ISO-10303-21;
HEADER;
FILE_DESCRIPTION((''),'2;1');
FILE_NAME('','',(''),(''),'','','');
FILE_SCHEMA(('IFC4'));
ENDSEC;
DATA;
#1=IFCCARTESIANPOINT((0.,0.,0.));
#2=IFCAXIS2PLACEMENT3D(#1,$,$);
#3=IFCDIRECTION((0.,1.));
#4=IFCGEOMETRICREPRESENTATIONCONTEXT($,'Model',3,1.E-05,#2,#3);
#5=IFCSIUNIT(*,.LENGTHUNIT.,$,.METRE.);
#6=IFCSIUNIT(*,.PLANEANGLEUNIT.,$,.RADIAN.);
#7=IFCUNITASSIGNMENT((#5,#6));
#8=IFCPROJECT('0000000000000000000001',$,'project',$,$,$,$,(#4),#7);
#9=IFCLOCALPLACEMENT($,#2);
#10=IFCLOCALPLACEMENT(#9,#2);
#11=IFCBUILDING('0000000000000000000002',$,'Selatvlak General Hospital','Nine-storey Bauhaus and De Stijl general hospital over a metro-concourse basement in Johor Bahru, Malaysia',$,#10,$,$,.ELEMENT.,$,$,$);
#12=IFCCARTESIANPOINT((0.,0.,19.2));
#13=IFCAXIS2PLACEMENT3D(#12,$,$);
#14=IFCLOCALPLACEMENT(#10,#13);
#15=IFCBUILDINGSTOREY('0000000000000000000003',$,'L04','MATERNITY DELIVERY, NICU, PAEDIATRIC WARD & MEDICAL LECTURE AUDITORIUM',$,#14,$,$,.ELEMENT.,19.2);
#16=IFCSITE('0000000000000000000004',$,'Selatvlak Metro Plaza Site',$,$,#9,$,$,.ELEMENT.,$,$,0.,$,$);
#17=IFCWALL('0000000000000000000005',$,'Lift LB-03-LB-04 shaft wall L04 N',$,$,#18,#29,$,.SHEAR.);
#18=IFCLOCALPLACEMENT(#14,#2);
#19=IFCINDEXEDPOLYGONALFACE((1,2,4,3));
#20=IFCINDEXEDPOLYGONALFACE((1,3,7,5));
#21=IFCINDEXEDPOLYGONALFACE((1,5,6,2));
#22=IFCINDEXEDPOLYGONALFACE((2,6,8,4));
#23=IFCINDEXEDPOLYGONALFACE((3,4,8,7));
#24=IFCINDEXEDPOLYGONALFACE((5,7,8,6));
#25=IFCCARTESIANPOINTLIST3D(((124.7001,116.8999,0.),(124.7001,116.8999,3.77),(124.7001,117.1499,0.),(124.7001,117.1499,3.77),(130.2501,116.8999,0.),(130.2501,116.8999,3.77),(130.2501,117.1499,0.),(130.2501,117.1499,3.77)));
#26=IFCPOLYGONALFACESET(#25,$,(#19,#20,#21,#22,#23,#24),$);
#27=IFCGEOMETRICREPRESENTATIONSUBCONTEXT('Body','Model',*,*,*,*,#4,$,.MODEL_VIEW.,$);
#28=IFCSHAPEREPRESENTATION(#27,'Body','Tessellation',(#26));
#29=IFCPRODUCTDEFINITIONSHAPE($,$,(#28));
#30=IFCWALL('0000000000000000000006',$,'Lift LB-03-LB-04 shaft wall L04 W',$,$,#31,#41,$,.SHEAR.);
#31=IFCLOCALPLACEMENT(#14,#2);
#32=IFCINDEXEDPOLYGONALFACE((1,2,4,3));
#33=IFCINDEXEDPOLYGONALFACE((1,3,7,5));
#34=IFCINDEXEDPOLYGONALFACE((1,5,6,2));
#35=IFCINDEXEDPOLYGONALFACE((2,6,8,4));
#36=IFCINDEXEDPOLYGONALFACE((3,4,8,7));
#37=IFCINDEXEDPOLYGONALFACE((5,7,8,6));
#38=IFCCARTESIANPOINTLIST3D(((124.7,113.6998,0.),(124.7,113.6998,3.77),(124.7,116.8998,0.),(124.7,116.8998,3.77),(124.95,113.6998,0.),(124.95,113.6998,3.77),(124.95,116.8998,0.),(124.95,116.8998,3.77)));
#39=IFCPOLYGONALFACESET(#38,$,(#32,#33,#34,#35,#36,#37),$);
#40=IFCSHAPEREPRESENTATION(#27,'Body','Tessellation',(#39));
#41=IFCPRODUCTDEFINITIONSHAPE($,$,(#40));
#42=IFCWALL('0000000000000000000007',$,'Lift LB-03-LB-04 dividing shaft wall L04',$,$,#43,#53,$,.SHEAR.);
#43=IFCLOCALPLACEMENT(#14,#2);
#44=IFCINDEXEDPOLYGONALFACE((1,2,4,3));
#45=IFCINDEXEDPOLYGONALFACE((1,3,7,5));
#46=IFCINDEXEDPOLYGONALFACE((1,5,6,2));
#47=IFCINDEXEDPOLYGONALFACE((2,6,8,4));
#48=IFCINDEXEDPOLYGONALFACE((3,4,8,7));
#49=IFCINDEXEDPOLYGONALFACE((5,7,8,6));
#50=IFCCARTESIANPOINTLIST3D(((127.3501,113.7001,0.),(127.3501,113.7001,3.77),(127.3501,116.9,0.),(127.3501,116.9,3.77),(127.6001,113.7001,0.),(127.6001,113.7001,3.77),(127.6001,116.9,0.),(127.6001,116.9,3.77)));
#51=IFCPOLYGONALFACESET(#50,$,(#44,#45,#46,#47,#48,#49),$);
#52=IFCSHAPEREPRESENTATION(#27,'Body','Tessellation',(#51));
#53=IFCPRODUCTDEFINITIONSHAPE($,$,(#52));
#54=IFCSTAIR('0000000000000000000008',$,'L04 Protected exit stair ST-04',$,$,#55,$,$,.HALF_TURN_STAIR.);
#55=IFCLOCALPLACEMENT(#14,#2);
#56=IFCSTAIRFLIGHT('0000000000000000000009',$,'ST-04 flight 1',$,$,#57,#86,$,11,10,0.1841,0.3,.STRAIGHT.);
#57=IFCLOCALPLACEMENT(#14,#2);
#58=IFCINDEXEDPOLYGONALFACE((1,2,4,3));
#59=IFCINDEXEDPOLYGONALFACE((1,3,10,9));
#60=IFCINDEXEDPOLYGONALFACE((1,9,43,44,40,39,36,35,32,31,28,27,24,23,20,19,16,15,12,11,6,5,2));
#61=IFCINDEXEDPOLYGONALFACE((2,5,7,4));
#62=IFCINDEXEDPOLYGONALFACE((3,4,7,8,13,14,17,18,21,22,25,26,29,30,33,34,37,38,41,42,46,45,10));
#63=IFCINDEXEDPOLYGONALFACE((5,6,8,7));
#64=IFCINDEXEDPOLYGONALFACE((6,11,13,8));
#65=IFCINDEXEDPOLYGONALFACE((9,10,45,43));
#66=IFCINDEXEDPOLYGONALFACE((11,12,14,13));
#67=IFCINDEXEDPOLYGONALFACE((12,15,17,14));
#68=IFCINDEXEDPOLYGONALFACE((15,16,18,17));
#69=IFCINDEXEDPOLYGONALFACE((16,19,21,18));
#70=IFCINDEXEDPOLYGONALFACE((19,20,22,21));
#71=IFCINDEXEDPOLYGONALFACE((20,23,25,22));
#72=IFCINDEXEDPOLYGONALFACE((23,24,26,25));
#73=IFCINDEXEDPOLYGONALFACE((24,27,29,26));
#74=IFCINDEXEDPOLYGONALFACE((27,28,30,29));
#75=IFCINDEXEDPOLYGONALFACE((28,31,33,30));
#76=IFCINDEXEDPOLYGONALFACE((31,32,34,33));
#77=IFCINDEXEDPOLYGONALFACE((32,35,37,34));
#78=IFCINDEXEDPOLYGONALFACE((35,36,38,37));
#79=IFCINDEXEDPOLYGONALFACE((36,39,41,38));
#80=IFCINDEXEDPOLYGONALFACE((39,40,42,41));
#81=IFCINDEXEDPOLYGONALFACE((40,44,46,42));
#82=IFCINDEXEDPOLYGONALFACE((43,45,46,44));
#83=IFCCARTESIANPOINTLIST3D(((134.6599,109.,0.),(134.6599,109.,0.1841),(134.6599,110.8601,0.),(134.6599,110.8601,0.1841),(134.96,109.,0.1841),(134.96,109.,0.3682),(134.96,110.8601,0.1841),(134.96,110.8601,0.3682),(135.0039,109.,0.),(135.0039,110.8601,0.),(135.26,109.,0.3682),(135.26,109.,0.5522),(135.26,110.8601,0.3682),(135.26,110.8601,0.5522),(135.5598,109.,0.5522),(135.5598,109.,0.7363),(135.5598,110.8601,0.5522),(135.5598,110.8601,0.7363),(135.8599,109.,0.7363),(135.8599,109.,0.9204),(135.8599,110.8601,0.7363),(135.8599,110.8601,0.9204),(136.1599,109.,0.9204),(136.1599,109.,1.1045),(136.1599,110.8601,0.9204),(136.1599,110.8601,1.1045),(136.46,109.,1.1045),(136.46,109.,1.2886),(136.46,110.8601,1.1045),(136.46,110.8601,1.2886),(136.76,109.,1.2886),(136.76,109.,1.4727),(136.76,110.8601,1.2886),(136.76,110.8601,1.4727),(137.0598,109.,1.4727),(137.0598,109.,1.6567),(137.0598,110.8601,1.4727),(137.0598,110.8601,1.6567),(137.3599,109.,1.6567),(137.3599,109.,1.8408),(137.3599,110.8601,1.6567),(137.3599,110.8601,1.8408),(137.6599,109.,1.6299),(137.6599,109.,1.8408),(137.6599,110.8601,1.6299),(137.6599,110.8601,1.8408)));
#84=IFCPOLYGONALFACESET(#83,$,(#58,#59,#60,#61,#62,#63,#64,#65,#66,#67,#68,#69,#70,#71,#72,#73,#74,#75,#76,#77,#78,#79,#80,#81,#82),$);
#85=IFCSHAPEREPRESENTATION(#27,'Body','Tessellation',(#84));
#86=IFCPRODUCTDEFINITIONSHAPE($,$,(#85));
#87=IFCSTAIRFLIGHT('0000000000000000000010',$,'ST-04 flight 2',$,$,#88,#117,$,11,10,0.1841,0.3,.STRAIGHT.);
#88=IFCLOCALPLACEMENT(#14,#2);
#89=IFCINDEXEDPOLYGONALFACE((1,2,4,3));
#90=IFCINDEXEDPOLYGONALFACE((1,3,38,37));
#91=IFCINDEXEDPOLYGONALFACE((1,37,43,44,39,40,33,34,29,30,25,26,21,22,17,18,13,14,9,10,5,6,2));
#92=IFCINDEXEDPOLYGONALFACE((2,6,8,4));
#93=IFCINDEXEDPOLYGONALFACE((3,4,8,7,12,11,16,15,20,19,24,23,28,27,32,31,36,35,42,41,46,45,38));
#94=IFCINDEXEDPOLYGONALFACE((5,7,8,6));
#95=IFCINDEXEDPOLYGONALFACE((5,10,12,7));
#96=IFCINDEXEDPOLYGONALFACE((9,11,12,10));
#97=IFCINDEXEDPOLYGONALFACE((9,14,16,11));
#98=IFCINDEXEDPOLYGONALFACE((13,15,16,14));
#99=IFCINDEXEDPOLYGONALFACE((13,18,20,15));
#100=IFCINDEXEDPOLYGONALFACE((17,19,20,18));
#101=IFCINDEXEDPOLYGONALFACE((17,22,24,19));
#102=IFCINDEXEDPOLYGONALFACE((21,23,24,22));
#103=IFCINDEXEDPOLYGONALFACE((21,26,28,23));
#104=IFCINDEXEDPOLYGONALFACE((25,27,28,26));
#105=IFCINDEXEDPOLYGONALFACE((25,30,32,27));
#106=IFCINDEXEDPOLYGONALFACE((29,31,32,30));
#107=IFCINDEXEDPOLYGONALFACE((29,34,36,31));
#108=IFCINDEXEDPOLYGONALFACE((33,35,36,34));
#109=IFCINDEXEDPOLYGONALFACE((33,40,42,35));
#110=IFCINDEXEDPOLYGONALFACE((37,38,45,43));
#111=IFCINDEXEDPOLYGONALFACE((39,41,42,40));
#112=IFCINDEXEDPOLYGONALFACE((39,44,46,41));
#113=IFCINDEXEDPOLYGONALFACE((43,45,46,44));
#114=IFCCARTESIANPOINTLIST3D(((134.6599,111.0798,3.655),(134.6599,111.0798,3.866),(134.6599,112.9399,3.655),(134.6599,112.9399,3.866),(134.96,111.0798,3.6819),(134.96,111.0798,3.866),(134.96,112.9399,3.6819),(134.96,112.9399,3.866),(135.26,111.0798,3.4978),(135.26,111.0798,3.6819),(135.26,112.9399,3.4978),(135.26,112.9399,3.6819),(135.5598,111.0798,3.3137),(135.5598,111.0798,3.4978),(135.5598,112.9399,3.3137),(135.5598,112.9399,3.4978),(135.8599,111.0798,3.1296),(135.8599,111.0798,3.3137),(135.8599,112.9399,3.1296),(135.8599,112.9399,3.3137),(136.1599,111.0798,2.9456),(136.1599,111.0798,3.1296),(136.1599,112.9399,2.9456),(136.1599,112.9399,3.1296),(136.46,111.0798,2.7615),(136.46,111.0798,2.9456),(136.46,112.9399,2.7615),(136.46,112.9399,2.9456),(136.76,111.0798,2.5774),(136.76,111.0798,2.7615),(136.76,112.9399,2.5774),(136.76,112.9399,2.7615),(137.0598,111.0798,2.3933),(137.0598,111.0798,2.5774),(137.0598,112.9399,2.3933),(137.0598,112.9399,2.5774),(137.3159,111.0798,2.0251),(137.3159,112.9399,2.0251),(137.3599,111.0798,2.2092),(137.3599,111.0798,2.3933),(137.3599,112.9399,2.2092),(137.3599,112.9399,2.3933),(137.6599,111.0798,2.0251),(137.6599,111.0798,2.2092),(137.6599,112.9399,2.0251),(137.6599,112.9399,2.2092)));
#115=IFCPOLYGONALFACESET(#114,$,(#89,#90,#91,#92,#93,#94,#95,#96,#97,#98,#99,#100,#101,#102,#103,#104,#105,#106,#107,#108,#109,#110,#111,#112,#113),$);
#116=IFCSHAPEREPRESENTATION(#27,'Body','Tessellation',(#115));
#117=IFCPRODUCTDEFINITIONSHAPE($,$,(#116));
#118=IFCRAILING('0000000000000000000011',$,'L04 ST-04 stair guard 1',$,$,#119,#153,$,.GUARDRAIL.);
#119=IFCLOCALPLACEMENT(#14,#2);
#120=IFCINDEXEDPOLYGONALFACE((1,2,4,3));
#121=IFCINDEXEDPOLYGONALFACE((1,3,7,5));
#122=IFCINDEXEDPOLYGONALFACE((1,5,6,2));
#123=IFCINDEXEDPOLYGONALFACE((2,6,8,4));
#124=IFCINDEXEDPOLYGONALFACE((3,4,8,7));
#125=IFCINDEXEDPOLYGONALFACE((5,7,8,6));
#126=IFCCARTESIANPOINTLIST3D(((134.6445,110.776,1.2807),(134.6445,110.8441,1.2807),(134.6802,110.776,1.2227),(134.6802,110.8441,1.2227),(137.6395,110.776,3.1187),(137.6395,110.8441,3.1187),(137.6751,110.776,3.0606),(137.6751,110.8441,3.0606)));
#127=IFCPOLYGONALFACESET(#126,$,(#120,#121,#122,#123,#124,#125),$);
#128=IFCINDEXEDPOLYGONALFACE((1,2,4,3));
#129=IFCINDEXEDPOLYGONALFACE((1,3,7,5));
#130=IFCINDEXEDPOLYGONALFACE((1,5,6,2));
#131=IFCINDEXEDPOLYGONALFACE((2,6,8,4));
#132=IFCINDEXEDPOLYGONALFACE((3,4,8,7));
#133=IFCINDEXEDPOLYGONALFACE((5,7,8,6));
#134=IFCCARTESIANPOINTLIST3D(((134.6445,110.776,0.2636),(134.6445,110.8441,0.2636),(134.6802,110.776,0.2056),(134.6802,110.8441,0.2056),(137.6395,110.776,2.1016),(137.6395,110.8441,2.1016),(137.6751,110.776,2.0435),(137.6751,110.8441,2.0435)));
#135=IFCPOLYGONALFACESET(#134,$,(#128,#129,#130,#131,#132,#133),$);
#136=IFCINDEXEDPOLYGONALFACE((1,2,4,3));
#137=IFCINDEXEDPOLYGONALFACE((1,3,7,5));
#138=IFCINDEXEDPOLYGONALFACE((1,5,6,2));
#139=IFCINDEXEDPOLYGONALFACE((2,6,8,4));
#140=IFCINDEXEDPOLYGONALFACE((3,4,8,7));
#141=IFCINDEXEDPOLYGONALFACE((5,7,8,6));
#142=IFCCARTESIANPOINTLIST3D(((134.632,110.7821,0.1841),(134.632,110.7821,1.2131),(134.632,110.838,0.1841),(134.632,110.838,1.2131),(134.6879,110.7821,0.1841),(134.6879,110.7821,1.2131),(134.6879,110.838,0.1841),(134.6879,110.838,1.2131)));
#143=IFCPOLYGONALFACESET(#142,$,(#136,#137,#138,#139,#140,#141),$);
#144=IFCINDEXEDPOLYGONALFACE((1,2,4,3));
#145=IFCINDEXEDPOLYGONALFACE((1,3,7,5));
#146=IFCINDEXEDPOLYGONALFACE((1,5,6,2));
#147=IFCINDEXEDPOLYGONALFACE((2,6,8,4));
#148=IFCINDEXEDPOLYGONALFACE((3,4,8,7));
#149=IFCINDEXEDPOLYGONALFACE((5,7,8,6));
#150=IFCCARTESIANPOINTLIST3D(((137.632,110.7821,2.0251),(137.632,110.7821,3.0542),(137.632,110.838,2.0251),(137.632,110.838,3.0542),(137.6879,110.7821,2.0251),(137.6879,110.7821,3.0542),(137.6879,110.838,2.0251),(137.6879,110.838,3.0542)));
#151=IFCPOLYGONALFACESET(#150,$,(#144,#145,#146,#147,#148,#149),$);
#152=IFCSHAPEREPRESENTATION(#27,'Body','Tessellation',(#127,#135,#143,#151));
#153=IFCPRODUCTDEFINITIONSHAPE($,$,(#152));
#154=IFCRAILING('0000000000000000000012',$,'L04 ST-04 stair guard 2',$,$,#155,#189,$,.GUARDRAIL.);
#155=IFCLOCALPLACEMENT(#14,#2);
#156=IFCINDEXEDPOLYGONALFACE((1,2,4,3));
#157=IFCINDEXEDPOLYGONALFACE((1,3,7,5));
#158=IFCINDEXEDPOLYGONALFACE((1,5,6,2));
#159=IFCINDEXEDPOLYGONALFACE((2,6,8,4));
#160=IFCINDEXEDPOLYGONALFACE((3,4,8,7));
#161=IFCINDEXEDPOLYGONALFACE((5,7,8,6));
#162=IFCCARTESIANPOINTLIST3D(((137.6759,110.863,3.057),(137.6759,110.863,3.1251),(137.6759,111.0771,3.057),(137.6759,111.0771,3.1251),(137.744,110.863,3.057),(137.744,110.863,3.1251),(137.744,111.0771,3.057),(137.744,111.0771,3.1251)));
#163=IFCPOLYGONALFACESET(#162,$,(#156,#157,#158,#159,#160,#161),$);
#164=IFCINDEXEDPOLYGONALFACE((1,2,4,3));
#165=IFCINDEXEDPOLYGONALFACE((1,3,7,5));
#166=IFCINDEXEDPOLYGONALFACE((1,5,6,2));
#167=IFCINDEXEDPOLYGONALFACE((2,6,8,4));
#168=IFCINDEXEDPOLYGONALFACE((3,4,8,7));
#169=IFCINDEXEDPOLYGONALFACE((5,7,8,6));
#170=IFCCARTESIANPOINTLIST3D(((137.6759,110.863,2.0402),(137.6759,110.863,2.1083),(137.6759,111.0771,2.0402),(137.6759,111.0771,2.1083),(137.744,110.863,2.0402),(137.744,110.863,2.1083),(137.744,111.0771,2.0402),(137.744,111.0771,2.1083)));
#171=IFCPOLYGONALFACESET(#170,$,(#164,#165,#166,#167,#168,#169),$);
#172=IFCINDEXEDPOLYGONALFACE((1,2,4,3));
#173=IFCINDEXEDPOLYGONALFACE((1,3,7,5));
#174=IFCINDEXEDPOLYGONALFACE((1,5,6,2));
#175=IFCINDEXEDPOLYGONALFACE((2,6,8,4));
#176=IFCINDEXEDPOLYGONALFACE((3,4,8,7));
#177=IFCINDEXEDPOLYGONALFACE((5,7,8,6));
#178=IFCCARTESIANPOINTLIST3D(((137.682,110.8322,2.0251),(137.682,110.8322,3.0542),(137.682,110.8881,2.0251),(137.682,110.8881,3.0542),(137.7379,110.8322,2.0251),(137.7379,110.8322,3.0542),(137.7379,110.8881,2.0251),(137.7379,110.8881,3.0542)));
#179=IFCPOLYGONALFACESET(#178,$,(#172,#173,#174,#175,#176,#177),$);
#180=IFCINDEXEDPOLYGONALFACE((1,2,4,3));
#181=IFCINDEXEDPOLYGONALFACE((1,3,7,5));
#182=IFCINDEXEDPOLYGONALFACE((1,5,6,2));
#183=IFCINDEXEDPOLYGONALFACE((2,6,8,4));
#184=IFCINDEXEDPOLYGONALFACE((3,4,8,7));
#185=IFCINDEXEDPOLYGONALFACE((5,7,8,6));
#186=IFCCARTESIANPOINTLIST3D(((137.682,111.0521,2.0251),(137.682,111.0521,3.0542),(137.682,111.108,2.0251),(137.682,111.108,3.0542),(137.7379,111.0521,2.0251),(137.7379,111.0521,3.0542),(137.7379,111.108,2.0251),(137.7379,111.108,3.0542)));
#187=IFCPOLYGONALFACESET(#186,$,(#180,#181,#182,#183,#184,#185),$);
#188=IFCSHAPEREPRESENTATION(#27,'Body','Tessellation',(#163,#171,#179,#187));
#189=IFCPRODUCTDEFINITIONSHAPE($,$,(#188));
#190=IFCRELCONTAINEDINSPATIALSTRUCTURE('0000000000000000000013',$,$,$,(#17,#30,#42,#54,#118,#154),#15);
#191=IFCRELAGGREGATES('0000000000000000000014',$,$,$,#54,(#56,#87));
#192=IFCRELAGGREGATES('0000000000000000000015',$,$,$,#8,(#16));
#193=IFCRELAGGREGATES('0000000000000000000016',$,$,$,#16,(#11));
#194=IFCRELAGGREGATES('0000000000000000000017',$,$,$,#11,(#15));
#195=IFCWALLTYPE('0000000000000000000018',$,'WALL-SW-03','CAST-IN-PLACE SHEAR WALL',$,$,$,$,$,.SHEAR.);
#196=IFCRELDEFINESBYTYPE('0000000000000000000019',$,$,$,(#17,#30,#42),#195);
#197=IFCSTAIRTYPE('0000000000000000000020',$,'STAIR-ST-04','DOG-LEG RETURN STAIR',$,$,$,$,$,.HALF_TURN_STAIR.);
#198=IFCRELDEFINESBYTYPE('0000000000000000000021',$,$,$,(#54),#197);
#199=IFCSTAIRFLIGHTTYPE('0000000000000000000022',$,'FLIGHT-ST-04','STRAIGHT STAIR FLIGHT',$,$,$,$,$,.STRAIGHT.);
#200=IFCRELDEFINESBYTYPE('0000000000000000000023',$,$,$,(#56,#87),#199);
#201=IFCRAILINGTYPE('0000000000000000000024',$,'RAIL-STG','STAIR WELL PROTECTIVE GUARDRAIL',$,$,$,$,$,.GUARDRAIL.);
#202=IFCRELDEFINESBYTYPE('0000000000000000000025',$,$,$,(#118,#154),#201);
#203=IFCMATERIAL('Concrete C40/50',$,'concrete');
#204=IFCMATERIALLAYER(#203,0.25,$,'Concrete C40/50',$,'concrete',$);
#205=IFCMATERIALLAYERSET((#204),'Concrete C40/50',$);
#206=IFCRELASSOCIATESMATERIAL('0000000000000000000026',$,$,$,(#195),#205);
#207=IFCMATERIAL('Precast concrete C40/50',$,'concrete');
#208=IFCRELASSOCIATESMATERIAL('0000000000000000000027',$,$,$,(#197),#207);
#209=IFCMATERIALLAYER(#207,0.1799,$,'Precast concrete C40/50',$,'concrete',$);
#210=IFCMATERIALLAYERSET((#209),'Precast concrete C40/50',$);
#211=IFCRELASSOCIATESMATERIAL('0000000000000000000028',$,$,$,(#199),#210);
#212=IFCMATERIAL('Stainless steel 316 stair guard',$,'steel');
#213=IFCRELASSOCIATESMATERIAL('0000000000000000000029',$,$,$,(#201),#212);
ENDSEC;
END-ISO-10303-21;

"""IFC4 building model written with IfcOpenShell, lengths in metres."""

from ifc_helpers import new_model, si_unit, direction, frame, frame_2d, origin, origin_2d, place, context, subcontext, project, spatial, polyline, rectangle, outline, extrude, material, layer, layer_set, type_object, element, aggregate, save


model = new_model("IFC4")

# Units and contexts
model_context = context("Model", 3, precision=1e-05, world=origin(), true_north=direction((0.0, 1.0)))
body_context = subcontext(model_context, "Body", "Model", "MODEL_VIEW")
ifc_project = project(units=[si_unit("LENGTHUNIT", "METRE"), si_unit("PLANEANGLEUNIT", "RADIAN")], contexts=[model_context])

# Site, building, storey
site_placement = place(None, origin())
site = spatial("IfcSite", under=ifc_project, at=site_placement, Name="Selatvlak Metro Plaza Site", CompositionType="ELEMENT", RefElevation=0.0)
building_placement = place(site_placement, origin())
building = spatial("IfcBuilding", under=site, at=building_placement, Name="Selatvlak General Hospital", Description="Nine-storey Bauhaus and De Stijl general hospital over a metro-concourse basement in Johor Bahru, Malaysia", CompositionType="ELEMENT")
storey_placement = place(building_placement, frame((0.0, 0.0, 19.2)))
storey = spatial("IfcBuildingStorey", under=building, at=storey_placement, Name="L04", Description="MATERNITY DELIVERY, NICU, PAEDIATRIC WARD & MEDICAL LECTURE AUDITORIUM", CompositionType="ELEMENT", Elevation=19.2)

# Shared definitions
ifc_material_1 = material(Name="Concrete C40/50", Category="concrete")

# Shared definitions
ifc_layer_1 = layer(ifc_material_1, 0.25, Name="Concrete C40/50", Category="concrete")
ifc_layer_set_1 = layer_set([ifc_layer_1], Name="Concrete C40/50")
wall_type_1 = type_object("IfcWallType", Name="WALL-SW-03", Description="CAST-IN-PLACE SHEAR WALL", PredefinedType="SHEAR", material=ifc_layer_set_1)

# Walls
wall_1_placement = place(storey_placement, frame((130.25, 117.0249, 0.0), z_axis=(0.0, 0.0, 1.0), x_axis=(-1.0, 0.0, 0.0)))
element("IfcWall", 1, at=wall_1_placement, inside=storey, type_object=wall_type_1, Name="Lift LB-03-LB-04 shaft wall L04 N", PredefinedType="SHEAR", context=body_context, shape_type="SweptSolid", body=[
    extrude(rectangle(XDim=5.55, YDim=0.25, at=frame_2d((2.7749, 0.0))), origin(), (0.0, 0.0, 1.0), 3.77),
])
for number, where, z_axis, x_axis, name in (
    (2, (124.825, 116.8999, 0.0), (0.0, 0.0, 1.0), (0.0, -1.0, 0.0), "Lift LB-03-LB-04 shaft wall L04 W"),
    (3, (127.4751, 113.7, 0.0), (0.0, 0.0, 1.0), (0.0, 1.0, 0.0), "Lift LB-03-LB-04 dividing shaft wall L04"),
):
    element("IfcWall", number, at=place(storey_placement, frame(where, z_axis=z_axis, x_axis=x_axis)), inside=storey, type_object=wall_type_1, Name=name, PredefinedType="SHEAR", context=body_context, shape_type="SweptSolid", body=[
        extrude(rectangle(XDim=3.2, YDim=0.25, at=frame_2d((1.6001, 0.0))), origin(), (0.0, 0.0, 1.0), 3.77),
    ])

# Stair, stair flights
ifc_material_2 = material(Name="Precast concrete C40/50", Category="concrete")
stair_type = type_object("IfcStairType", Name="STAIR-ST-04", Description="DOG-LEG RETURN STAIR", PredefinedType="HALF_TURN_STAIR", material=ifc_material_2)
stair_placement = place(storey_placement, origin())
stair = element("IfcStair", 4, at=stair_placement, inside=storey, type_object=stair_type, Name="L04 Protected exit stair ST-04", PredefinedType="HALF_TURN_STAIR")
ifc_layer_2 = layer(ifc_material_2, 0.1799, Name="Precast concrete C40/50", Category="concrete")
ifc_layer_set_2 = layer_set([ifc_layer_2], Name="Precast concrete C40/50")
stair_flight_type = type_object("IfcStairFlightType", Name="FLIGHT-ST-04", Description="STRAIGHT STAIR FLIGHT", PredefinedType="STRAIGHT", material=ifc_layer_set_2)
stair_flight_1_placement = place(storey_placement, frame((134.6599, 109.9299, 0.0), z_axis=(0.0, 0.0, 1.0), x_axis=(1.0, 0.0, 0.0)))
stair_flight_1 = element("IfcStairFlight", 5, at=stair_flight_1_placement, type_object=stair_flight_type, Name="ST-04 flight 1", NumberOfRisers=11, NumberOfTreads=10, PredefinedType="STRAIGHT", RiserHeight=0.1841, TreadLength=0.3, context=body_context, shape_type="SweptSolid", body=[
    extrude(outline(polyline([(0.0, 0.0), (0.0, 0.1841), (0.3, 0.1841), (0.3, 0.3682), (0.6001, 0.3682), (0.6001, 0.5522), (0.8999, 0.5522), (0.8999, 0.7363), (1.2, 0.7363), (1.2, 0.9204), (1.5, 0.9204), (1.5, 1.1045), (1.8, 1.1045), (1.8, 1.2886), (2.1001, 1.2886), (2.1001, 1.4727), (2.3999, 1.4727), (2.3999, 1.6567), (2.7, 1.6567), (2.7, 1.8408), (3.0, 1.8408), (3.0, 2.0249), (3.0, 1.6299), (0.344, 0.0), (0.0, 0.0)])), frame((0.0, 0.9302, 0.0), z_axis=(0.0, -1.0, 0.0), x_axis=(1.0, 0.0, 0.0)), (0.0, 0.0, 1.0), 1.8601),
])
stair_flight_2_placement = place(storey_placement, frame((137.6599, 112.01, 2.0251), z_axis=(0.0, 0.0, 1.0), x_axis=(-1.0, 0.0, 0.0)))
stair_flight_2 = element("IfcStairFlight", 6, at=stair_flight_2_placement, type_object=stair_flight_type, Name="ST-04 flight 2", NumberOfRisers=11, NumberOfTreads=10, PredefinedType="STRAIGHT", RiserHeight=0.1841, TreadLength=0.3, context=body_context, shape_type="SweptSolid", body=[
    extrude(outline(polyline([(0.0, 0.0), (0.0, 0.1841), (0.3, 0.1841), (0.3, 0.3682), (0.6001, 0.3682), (0.6001, 0.5522), (0.8999, 0.5522), (0.8999, 0.7363), (1.2, 0.7363), (1.2, 0.9204), (1.5, 0.9204), (1.5, 1.1045), (1.8, 1.1045), (1.8, 1.2886), (2.1001, 1.2886), (2.1001, 1.4727), (2.3999, 1.4727), (2.3999, 1.6567), (2.7, 1.6567), (2.7, 1.8408), (3.0, 1.8408), (3.0, 2.0249), (3.0, 1.6299), (0.344, 0.0), (0.0, 0.0)])), frame((0.0, 0.9302, 0.0), z_axis=(0.0, -1.0, 0.0), x_axis=(1.0, 0.0, 0.0)), (0.0, 0.0, 1.0), 1.8601),
])
aggregate(stair, [stair_flight_1, stair_flight_2])

# Railings
ifc_material_3 = material(Name="Stainless steel 316 stair guard", Category="steel")
railing_type_1 = type_object("IfcRailingType", Name="RAIL-STG", Description="STAIR WELL PROTECTIVE GUARDRAIL", PredefinedType="GUARDRAIL", material=ifc_material_3)
railing_1_placement = place(storey_placement, frame((134.6599, 110.8101, 0.1841)))
element("IfcRailing", 7, at=railing_1_placement, inside=storey, type_object=railing_type_1, Name="L04 ST-04 stair guard 1", PredefinedType="GUARDRAIL", context=body_context, shape_type="SweptSolid", body=[
    extrude(rectangle(XDim=0.0681, YDim=0.0681, at=origin_2d()), frame((0.0024, 0.0, 1.0676), z_axis=(0.852303, 0.0, 0.523048), x_axis=(0.0, 1.0, 0.0)), (0.0, 0.0, 1.0), 3.5139),
    extrude(rectangle(XDim=0.0681, YDim=0.0681, at=origin_2d()), frame((0.0024, 0.0, 0.0505), z_axis=(0.852303, 0.0, 0.523048), x_axis=(0.0, 1.0, 0.0)), (0.0, 0.0, 1.0), 3.5139),
    extrude(rectangle(XDim=0.0559, YDim=0.0559, at=origin_2d()), origin(), (0.0, 0.0, 1.0), 1.0291),
    extrude(rectangle(XDim=0.0559, YDim=0.0559, at=origin_2d()), frame((3.0, 0.0, 1.8411)), (0.0, 0.0, 1.0), 1.0291),
])
railing_2_placement = place(storey_placement, frame((137.71, 110.8601, 2.0251)))
element("IfcRailing", 8, at=railing_2_placement, inside=storey, type_object=railing_type_1, Name="L04 ST-04 stair guard 2", PredefinedType="GUARDRAIL", context=body_context, shape_type="SweptSolid", body=[
    extrude(rectangle(XDim=0.0681, YDim=0.0681, at=origin_2d()), frame((0.0, 0.0029, 1.0659), z_axis=(0.0, 1.0, 0.0), x_axis=(-1.0, 0.0, 0.0)), (0.0, 0.0, 1.0), 0.2141),
    extrude(rectangle(XDim=0.0681, YDim=0.0681, at=origin_2d()), frame((0.0, 0.0029, 0.0491), z_axis=(0.0, 1.0, 0.0), x_axis=(-1.0, 0.0, 0.0)), (0.0, 0.0, 1.0), 0.2141),
    extrude(rectangle(XDim=0.0559, YDim=0.0559, at=origin_2d()), origin(), (0.0, 0.0, 1.0), 1.0291),
    extrude(rectangle(XDim=0.0559, YDim=0.0559, at=origin_2d()), frame((0.0, 0.22, 0.0)), (0.0, 0.0, 1.0), 1.0291),
])

save(model, "model.ifc")
